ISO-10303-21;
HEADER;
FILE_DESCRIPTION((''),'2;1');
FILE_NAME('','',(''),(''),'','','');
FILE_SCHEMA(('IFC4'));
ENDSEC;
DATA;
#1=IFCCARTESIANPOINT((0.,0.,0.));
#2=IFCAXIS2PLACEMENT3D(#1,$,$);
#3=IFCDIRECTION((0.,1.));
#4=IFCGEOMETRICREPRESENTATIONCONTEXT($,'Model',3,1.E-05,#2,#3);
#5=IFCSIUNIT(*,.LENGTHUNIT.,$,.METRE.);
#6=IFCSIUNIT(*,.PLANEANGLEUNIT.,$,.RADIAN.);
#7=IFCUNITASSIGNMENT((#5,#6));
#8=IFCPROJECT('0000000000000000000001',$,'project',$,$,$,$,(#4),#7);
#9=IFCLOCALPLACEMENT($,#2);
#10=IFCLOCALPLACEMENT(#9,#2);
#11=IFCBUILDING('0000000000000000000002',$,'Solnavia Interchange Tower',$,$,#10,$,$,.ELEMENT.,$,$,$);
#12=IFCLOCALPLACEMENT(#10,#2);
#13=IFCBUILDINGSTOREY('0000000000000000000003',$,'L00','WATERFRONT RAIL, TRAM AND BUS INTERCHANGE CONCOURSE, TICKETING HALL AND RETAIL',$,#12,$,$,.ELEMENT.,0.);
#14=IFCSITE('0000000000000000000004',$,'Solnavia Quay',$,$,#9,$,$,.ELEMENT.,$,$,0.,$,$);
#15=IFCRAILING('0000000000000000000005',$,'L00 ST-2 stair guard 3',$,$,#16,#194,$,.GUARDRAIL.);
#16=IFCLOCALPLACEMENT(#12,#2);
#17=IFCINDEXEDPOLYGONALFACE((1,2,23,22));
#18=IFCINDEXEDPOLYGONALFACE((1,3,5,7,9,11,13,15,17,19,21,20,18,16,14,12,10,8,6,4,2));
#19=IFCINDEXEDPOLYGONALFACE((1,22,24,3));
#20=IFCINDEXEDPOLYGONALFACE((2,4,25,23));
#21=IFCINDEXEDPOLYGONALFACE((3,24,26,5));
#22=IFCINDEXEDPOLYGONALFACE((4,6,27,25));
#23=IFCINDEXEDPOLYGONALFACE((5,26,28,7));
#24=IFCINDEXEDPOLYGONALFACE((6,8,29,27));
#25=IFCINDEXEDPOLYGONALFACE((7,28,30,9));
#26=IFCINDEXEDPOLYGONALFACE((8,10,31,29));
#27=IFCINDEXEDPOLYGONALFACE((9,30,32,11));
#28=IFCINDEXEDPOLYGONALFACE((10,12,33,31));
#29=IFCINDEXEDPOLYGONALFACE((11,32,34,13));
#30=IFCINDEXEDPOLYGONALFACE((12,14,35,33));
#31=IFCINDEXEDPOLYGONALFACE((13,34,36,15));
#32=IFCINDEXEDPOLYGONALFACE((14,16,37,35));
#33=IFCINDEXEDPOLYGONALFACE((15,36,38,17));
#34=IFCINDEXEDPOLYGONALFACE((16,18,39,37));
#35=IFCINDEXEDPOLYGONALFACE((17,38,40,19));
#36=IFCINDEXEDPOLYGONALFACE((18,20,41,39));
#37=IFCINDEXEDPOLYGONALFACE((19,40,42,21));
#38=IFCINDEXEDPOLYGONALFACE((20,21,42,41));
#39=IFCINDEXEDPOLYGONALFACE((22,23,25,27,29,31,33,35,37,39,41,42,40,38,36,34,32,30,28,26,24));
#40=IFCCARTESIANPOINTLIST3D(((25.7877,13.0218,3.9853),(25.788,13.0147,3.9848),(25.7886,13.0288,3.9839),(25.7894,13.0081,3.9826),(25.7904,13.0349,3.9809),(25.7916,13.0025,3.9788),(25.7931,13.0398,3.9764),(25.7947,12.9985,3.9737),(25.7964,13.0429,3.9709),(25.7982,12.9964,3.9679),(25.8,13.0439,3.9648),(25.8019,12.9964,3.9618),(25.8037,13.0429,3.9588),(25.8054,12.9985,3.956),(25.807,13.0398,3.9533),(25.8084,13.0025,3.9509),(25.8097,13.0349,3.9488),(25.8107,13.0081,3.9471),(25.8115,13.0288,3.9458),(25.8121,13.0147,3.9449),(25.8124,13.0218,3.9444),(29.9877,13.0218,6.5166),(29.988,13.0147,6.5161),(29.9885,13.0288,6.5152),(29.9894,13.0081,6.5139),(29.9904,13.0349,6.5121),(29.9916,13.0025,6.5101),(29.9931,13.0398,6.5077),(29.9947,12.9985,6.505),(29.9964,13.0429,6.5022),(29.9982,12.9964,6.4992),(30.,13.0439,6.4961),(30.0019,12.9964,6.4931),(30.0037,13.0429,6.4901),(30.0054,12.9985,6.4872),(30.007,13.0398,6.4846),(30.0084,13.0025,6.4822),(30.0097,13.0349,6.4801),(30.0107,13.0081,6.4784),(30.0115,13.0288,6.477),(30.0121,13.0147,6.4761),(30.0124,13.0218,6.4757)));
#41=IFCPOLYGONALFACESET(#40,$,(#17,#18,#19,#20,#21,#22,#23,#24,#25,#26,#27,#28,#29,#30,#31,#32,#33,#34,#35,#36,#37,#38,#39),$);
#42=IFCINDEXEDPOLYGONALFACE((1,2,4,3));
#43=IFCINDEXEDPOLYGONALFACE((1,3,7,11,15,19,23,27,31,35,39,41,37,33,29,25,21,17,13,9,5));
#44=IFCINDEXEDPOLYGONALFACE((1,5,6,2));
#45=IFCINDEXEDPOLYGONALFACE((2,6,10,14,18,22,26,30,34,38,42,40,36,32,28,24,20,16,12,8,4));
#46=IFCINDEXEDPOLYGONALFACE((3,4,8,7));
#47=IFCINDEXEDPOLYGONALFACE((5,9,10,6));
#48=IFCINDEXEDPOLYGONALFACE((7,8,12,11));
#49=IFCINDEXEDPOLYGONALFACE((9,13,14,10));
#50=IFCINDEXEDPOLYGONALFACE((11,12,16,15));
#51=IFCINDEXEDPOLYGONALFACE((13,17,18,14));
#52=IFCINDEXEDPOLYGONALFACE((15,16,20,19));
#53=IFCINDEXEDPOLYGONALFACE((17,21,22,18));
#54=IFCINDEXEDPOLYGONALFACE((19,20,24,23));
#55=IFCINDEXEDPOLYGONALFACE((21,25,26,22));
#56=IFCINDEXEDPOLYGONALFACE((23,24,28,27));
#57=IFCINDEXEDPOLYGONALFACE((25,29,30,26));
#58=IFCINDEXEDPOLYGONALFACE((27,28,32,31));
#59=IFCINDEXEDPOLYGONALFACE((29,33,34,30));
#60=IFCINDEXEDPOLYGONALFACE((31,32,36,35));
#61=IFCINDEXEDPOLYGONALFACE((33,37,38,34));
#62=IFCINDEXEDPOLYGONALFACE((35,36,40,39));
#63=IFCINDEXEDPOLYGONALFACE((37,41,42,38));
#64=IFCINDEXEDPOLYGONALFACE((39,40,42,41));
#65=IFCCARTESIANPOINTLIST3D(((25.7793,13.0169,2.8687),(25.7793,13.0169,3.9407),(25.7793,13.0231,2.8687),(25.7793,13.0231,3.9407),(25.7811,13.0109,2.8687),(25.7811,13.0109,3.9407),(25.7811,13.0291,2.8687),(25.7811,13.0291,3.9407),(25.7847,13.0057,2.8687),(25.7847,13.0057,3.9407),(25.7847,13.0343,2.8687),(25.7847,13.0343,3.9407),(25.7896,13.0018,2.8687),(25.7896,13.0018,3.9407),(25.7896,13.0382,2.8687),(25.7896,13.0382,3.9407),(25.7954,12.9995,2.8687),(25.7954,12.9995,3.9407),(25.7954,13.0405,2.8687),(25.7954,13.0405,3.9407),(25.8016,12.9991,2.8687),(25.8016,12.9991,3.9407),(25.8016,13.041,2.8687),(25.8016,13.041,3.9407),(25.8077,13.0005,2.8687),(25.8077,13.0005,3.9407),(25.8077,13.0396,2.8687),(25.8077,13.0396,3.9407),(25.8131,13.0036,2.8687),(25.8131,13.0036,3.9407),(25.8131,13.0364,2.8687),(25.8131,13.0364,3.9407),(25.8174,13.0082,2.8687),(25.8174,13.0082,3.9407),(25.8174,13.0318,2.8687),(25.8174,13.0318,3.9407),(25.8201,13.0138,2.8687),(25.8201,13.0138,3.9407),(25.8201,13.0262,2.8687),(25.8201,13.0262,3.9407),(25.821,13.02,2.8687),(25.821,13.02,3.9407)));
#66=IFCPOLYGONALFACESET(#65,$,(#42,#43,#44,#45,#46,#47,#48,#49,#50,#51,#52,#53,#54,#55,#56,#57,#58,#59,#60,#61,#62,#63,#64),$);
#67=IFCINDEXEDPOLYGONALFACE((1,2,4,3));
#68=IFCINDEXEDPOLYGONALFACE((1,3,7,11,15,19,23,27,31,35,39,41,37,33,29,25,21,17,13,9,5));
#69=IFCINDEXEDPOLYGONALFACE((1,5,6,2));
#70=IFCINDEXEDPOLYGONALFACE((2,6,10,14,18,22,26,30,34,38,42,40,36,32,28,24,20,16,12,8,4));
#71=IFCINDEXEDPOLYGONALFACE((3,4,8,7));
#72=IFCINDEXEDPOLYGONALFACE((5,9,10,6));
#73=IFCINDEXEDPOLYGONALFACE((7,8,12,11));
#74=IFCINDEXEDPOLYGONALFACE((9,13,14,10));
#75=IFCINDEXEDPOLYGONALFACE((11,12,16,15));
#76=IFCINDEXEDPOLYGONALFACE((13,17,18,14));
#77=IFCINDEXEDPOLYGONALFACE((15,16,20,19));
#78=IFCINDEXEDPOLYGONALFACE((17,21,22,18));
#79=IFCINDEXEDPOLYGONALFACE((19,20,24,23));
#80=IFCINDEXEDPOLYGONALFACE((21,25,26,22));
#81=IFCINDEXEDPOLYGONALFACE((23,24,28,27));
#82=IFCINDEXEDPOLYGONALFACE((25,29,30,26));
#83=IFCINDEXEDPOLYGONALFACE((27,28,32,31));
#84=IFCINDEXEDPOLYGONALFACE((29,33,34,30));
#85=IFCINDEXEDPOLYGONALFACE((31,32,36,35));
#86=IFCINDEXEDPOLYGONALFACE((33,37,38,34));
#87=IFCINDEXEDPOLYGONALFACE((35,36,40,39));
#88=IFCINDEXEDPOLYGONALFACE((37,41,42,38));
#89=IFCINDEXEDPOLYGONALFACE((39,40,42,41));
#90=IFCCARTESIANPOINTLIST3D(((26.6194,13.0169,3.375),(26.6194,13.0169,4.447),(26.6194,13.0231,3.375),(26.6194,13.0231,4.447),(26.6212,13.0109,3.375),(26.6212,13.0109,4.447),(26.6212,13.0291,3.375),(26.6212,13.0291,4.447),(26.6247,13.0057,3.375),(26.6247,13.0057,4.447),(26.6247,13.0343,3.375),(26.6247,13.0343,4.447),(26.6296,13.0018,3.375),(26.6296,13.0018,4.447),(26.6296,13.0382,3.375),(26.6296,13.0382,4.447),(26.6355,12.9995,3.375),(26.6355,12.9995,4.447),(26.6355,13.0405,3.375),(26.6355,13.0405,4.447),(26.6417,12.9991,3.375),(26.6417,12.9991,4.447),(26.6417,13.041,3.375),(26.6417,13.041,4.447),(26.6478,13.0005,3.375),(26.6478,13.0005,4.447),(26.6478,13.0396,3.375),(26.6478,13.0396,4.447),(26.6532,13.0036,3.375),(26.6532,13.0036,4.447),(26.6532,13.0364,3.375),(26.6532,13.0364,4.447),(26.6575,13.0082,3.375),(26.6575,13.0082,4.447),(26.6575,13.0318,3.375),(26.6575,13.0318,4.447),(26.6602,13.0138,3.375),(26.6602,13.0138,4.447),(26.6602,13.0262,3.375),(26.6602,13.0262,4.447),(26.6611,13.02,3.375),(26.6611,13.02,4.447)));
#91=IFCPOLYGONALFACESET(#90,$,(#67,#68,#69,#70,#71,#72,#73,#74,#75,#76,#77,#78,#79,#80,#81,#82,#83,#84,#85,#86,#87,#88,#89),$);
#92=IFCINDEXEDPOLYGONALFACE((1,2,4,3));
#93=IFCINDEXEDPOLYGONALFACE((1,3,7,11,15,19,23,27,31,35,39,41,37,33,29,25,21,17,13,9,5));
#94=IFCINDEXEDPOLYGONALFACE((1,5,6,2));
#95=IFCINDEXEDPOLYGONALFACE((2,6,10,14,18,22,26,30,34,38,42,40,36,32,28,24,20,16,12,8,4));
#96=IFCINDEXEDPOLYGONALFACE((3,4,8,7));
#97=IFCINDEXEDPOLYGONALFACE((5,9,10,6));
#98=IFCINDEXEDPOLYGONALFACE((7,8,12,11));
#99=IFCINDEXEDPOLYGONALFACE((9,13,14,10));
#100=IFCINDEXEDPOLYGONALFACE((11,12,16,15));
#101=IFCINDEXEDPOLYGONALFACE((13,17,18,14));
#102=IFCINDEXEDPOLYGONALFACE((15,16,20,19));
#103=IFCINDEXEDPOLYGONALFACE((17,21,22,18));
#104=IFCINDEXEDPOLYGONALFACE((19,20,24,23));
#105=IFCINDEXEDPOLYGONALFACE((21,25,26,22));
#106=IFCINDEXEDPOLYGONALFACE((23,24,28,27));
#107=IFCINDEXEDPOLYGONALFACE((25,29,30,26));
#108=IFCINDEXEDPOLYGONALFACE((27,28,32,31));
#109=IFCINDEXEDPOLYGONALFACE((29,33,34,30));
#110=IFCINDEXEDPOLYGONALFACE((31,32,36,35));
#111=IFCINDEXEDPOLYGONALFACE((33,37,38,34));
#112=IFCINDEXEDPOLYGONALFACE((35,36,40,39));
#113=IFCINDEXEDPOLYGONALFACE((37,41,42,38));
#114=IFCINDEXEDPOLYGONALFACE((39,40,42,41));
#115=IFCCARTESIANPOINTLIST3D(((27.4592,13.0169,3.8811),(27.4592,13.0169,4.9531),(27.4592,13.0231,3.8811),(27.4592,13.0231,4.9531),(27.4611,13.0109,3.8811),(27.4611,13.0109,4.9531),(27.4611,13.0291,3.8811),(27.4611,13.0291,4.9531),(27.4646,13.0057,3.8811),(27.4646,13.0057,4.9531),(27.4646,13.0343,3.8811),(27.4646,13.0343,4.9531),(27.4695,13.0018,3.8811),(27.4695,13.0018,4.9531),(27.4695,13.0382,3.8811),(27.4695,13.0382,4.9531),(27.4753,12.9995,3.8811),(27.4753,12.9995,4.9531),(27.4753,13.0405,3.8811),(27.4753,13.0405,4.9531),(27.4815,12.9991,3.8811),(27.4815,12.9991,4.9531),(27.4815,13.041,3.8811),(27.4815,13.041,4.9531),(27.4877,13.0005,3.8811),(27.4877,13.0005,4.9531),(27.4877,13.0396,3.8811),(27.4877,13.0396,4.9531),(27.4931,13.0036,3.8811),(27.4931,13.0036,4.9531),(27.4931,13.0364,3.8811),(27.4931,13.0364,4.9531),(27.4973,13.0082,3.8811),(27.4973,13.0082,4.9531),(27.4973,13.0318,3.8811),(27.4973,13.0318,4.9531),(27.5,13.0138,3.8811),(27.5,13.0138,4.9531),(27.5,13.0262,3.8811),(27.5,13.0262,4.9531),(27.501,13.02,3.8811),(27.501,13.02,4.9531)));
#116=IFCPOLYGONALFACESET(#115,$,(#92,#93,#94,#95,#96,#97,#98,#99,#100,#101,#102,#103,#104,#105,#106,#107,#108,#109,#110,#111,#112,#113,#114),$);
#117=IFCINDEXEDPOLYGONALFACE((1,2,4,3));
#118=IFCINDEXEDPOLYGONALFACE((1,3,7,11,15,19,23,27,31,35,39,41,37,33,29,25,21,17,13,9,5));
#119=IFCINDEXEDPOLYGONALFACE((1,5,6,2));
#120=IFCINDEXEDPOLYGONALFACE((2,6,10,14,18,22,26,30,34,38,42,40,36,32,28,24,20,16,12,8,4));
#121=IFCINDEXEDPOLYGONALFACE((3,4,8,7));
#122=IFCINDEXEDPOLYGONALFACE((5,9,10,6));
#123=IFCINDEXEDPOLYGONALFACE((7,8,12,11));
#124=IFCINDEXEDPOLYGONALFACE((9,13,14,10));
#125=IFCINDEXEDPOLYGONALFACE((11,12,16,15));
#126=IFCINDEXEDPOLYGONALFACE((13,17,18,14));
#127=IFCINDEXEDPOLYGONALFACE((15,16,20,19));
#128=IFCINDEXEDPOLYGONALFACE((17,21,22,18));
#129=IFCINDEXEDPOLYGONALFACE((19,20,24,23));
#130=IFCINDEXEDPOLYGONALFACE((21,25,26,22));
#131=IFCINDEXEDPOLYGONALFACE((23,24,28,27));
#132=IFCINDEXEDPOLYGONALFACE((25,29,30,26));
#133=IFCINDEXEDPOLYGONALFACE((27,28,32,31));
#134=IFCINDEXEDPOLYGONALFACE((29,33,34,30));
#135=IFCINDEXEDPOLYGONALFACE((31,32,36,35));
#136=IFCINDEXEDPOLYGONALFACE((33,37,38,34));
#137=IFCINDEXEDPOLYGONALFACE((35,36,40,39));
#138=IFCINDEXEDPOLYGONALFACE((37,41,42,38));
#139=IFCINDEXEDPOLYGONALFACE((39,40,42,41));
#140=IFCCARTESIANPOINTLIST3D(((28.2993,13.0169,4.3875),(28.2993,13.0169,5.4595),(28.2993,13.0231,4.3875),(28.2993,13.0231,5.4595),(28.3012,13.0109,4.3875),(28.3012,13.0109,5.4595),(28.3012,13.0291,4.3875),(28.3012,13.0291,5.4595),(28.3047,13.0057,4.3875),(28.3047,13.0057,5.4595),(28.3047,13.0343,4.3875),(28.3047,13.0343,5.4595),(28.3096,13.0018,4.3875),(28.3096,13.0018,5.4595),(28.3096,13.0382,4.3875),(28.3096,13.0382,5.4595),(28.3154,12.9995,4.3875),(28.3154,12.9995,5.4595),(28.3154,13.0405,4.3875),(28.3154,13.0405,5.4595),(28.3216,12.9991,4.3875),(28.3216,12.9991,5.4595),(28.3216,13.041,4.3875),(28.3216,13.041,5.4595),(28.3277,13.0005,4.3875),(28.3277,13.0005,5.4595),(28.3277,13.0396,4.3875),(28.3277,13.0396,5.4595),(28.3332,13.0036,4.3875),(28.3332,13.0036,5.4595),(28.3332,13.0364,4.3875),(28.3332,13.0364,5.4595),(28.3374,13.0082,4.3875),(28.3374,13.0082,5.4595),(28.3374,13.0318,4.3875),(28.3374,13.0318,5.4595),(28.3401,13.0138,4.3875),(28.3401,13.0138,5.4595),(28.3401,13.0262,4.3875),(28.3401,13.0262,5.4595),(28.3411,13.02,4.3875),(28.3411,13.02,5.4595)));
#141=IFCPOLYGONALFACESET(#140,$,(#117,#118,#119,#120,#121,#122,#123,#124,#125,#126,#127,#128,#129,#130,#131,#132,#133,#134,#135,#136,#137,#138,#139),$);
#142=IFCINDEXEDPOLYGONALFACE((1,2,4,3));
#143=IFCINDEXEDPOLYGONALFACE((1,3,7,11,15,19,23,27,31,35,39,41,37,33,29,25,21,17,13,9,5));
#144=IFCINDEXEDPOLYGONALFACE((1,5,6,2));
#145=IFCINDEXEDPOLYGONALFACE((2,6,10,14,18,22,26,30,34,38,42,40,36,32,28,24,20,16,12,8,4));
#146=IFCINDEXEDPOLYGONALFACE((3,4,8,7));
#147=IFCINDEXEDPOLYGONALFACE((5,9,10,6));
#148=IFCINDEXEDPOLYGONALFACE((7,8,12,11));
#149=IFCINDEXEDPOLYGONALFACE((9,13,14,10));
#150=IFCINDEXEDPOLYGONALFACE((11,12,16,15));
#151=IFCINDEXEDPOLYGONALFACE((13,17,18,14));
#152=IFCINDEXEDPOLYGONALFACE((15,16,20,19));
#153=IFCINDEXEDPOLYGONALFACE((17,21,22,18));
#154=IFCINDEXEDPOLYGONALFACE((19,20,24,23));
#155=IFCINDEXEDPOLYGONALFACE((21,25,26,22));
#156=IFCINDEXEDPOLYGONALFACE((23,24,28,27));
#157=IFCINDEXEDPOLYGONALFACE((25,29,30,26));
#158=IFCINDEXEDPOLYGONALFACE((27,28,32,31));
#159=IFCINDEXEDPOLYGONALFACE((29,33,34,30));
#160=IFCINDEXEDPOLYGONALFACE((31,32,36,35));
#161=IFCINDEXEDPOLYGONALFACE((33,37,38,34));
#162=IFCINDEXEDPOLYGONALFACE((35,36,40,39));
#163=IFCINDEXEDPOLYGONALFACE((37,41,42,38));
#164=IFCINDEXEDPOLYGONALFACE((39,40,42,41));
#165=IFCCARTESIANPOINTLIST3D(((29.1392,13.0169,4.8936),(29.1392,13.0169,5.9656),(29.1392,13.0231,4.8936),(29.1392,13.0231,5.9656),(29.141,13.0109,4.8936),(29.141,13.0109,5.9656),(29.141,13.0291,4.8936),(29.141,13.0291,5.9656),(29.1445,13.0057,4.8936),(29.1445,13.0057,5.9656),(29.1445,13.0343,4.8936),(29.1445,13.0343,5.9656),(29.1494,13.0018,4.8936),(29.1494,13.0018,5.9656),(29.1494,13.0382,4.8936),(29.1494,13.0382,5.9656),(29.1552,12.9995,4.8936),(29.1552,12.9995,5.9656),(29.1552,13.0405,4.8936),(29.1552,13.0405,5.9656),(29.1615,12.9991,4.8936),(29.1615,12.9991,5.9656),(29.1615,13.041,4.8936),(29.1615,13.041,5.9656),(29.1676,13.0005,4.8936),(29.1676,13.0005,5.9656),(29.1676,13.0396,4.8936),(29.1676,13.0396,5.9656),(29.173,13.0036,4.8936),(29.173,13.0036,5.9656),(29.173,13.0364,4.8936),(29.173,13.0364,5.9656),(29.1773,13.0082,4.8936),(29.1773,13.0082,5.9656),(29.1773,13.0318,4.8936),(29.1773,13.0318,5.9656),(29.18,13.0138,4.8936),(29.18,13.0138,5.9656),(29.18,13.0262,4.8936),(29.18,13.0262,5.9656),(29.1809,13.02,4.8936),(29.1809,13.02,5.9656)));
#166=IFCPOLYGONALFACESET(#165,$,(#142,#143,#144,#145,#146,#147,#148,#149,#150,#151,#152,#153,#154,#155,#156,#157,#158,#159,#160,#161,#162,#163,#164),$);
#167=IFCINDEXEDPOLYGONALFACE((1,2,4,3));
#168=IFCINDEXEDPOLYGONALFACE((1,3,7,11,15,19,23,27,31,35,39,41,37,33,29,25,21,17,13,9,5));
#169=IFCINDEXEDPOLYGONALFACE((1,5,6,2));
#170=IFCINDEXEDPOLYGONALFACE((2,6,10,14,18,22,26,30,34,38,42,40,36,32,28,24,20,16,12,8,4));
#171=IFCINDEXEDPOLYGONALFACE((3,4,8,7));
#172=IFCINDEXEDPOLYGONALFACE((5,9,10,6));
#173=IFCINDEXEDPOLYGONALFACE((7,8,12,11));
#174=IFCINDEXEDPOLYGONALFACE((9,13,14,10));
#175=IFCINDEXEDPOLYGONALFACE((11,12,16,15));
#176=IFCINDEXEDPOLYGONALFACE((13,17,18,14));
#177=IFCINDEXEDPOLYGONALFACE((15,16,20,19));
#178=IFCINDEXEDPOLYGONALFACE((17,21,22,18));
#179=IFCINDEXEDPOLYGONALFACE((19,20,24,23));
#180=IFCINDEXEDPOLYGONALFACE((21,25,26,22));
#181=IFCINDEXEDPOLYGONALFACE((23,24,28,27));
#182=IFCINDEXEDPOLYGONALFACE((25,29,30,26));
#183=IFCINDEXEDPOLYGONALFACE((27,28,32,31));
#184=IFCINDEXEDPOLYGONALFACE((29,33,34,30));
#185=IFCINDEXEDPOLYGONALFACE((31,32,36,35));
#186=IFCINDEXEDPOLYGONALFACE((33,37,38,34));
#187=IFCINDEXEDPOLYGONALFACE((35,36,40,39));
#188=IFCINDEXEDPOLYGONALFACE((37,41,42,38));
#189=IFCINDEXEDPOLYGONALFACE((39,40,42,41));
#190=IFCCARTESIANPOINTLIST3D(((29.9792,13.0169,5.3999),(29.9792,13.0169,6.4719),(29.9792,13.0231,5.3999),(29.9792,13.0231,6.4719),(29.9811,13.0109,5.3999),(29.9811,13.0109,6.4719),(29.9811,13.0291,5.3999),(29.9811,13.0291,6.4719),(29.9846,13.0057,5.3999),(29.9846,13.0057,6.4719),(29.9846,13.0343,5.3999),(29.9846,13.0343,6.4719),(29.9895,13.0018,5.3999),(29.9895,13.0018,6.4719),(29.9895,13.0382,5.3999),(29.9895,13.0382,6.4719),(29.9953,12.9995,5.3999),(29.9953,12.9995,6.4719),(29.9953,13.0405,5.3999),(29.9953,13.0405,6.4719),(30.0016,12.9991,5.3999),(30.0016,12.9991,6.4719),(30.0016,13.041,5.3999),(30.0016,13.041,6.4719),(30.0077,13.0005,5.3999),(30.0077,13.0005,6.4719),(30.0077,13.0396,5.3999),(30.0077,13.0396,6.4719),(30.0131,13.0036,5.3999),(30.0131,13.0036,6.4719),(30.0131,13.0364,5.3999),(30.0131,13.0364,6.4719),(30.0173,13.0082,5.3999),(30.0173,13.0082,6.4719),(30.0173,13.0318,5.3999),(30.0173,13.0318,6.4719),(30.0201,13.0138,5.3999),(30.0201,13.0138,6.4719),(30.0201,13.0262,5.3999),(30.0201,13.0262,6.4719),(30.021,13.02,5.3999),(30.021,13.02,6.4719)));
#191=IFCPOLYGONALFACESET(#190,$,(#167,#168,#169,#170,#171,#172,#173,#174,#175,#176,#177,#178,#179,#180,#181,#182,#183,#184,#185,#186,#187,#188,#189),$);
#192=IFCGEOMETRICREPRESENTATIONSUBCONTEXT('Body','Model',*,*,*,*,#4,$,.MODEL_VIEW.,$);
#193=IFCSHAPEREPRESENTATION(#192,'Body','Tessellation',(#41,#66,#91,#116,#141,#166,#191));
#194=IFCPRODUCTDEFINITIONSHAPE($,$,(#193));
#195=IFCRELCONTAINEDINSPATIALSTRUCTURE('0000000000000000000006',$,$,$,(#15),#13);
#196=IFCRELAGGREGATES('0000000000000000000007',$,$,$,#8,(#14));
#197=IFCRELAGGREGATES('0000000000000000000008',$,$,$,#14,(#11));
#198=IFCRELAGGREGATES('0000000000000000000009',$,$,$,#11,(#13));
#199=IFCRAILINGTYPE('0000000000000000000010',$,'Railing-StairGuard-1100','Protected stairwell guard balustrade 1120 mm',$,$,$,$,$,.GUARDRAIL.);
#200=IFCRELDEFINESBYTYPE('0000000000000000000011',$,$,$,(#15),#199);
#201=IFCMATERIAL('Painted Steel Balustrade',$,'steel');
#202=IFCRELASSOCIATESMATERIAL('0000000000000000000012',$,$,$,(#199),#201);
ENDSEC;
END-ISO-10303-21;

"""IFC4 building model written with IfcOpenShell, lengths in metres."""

from ifc_helpers import new_model, si_unit, direction, frame, origin, origin_2d, place, context, subcontext, project, spatial, circle, extrude, material, type_object, element, save


model = new_model("IFC4")

# Units and contexts
model_context = context("Model", 3, precision=1e-05, world=origin(), true_north=direction((0.0, 1.0)))
body_context = subcontext(model_context, "Body", "Model", "MODEL_VIEW")
ifc_project = project(units=[si_unit("LENGTHUNIT", "METRE"), si_unit("PLANEANGLEUNIT", "RADIAN")], contexts=[model_context])

# Site, building, storey
site_placement = place(None, origin())
site = spatial("IfcSite", under=ifc_project, at=site_placement, Name="Solnavia Quay", CompositionType="ELEMENT", RefElevation=0.0)
building_placement = place(site_placement, origin())
building = spatial("IfcBuilding", under=site, at=building_placement, Name="Solnavia Interchange Tower", CompositionType="ELEMENT")
storey_placement = place(building_placement, origin())
storey = spatial("IfcBuildingStorey", under=building, at=storey_placement, Name="L00", Description="WATERFRONT RAIL, TRAM AND BUS INTERCHANGE CONCOURSE, TICKETING HALL AND RETAIL", CompositionType="ELEMENT", Elevation=0.0)

# Railing
ifc_material_1 = material(Name="Painted Steel Balustrade", Category="steel")
railing_type_1 = type_object("IfcRailingType", Name="Railing-StairGuard-1100", Description="Protected stairwell guard balustrade 1120 mm", PredefinedType="GUARDRAIL", material=ifc_material_1)
railing_1_placement = place(storey_placement, frame((25.8, 13.02, 2.8687)))
element("IfcRailing", 1, at=railing_1_placement, inside=storey, type_object=railing_type_1, Name="L00 ST-2 stair guard 3", PredefinedType="GUARDRAIL", context=body_context, shape_type="SweptSolid", body=[
    extrude(circle(Radius=0.0239, at=origin_2d()), frame((0.0, 0.0, 1.0962), z_axis=(0.856476, 0.0, 0.516186), x_axis=(0.0, 1.0, 0.0)), (0.0, 0.0, 1.0), 4.9038),
    extrude(circle(Radius=0.021, at=origin_2d()), origin(), (0.0, 0.0, 1.0), 1.072),
    extrude(circle(Radius=0.021, at=origin_2d()), frame((0.8401, 0.0, 0.5063)), (0.0, 0.0, 1.0), 1.072),
    extrude(circle(Radius=0.021, at=origin_2d()), frame((1.6799, 0.0, 1.0125)), (0.0, 0.0, 1.0), 1.072),
    extrude(circle(Radius=0.021, at=origin_2d()), frame((2.52, 0.0, 1.5188)), (0.0, 0.0, 1.0), 1.072),
    extrude(circle(Radius=0.021, at=origin_2d()), frame((3.3599, 0.0, 2.0249)), (0.0, 0.0, 1.0), 1.072),
    extrude(circle(Radius=0.021, at=origin_2d()), frame((4.2, 0.0, 2.5312)), (0.0, 0.0, 1.0), 1.072),
])

save(model, "model.ifc")
